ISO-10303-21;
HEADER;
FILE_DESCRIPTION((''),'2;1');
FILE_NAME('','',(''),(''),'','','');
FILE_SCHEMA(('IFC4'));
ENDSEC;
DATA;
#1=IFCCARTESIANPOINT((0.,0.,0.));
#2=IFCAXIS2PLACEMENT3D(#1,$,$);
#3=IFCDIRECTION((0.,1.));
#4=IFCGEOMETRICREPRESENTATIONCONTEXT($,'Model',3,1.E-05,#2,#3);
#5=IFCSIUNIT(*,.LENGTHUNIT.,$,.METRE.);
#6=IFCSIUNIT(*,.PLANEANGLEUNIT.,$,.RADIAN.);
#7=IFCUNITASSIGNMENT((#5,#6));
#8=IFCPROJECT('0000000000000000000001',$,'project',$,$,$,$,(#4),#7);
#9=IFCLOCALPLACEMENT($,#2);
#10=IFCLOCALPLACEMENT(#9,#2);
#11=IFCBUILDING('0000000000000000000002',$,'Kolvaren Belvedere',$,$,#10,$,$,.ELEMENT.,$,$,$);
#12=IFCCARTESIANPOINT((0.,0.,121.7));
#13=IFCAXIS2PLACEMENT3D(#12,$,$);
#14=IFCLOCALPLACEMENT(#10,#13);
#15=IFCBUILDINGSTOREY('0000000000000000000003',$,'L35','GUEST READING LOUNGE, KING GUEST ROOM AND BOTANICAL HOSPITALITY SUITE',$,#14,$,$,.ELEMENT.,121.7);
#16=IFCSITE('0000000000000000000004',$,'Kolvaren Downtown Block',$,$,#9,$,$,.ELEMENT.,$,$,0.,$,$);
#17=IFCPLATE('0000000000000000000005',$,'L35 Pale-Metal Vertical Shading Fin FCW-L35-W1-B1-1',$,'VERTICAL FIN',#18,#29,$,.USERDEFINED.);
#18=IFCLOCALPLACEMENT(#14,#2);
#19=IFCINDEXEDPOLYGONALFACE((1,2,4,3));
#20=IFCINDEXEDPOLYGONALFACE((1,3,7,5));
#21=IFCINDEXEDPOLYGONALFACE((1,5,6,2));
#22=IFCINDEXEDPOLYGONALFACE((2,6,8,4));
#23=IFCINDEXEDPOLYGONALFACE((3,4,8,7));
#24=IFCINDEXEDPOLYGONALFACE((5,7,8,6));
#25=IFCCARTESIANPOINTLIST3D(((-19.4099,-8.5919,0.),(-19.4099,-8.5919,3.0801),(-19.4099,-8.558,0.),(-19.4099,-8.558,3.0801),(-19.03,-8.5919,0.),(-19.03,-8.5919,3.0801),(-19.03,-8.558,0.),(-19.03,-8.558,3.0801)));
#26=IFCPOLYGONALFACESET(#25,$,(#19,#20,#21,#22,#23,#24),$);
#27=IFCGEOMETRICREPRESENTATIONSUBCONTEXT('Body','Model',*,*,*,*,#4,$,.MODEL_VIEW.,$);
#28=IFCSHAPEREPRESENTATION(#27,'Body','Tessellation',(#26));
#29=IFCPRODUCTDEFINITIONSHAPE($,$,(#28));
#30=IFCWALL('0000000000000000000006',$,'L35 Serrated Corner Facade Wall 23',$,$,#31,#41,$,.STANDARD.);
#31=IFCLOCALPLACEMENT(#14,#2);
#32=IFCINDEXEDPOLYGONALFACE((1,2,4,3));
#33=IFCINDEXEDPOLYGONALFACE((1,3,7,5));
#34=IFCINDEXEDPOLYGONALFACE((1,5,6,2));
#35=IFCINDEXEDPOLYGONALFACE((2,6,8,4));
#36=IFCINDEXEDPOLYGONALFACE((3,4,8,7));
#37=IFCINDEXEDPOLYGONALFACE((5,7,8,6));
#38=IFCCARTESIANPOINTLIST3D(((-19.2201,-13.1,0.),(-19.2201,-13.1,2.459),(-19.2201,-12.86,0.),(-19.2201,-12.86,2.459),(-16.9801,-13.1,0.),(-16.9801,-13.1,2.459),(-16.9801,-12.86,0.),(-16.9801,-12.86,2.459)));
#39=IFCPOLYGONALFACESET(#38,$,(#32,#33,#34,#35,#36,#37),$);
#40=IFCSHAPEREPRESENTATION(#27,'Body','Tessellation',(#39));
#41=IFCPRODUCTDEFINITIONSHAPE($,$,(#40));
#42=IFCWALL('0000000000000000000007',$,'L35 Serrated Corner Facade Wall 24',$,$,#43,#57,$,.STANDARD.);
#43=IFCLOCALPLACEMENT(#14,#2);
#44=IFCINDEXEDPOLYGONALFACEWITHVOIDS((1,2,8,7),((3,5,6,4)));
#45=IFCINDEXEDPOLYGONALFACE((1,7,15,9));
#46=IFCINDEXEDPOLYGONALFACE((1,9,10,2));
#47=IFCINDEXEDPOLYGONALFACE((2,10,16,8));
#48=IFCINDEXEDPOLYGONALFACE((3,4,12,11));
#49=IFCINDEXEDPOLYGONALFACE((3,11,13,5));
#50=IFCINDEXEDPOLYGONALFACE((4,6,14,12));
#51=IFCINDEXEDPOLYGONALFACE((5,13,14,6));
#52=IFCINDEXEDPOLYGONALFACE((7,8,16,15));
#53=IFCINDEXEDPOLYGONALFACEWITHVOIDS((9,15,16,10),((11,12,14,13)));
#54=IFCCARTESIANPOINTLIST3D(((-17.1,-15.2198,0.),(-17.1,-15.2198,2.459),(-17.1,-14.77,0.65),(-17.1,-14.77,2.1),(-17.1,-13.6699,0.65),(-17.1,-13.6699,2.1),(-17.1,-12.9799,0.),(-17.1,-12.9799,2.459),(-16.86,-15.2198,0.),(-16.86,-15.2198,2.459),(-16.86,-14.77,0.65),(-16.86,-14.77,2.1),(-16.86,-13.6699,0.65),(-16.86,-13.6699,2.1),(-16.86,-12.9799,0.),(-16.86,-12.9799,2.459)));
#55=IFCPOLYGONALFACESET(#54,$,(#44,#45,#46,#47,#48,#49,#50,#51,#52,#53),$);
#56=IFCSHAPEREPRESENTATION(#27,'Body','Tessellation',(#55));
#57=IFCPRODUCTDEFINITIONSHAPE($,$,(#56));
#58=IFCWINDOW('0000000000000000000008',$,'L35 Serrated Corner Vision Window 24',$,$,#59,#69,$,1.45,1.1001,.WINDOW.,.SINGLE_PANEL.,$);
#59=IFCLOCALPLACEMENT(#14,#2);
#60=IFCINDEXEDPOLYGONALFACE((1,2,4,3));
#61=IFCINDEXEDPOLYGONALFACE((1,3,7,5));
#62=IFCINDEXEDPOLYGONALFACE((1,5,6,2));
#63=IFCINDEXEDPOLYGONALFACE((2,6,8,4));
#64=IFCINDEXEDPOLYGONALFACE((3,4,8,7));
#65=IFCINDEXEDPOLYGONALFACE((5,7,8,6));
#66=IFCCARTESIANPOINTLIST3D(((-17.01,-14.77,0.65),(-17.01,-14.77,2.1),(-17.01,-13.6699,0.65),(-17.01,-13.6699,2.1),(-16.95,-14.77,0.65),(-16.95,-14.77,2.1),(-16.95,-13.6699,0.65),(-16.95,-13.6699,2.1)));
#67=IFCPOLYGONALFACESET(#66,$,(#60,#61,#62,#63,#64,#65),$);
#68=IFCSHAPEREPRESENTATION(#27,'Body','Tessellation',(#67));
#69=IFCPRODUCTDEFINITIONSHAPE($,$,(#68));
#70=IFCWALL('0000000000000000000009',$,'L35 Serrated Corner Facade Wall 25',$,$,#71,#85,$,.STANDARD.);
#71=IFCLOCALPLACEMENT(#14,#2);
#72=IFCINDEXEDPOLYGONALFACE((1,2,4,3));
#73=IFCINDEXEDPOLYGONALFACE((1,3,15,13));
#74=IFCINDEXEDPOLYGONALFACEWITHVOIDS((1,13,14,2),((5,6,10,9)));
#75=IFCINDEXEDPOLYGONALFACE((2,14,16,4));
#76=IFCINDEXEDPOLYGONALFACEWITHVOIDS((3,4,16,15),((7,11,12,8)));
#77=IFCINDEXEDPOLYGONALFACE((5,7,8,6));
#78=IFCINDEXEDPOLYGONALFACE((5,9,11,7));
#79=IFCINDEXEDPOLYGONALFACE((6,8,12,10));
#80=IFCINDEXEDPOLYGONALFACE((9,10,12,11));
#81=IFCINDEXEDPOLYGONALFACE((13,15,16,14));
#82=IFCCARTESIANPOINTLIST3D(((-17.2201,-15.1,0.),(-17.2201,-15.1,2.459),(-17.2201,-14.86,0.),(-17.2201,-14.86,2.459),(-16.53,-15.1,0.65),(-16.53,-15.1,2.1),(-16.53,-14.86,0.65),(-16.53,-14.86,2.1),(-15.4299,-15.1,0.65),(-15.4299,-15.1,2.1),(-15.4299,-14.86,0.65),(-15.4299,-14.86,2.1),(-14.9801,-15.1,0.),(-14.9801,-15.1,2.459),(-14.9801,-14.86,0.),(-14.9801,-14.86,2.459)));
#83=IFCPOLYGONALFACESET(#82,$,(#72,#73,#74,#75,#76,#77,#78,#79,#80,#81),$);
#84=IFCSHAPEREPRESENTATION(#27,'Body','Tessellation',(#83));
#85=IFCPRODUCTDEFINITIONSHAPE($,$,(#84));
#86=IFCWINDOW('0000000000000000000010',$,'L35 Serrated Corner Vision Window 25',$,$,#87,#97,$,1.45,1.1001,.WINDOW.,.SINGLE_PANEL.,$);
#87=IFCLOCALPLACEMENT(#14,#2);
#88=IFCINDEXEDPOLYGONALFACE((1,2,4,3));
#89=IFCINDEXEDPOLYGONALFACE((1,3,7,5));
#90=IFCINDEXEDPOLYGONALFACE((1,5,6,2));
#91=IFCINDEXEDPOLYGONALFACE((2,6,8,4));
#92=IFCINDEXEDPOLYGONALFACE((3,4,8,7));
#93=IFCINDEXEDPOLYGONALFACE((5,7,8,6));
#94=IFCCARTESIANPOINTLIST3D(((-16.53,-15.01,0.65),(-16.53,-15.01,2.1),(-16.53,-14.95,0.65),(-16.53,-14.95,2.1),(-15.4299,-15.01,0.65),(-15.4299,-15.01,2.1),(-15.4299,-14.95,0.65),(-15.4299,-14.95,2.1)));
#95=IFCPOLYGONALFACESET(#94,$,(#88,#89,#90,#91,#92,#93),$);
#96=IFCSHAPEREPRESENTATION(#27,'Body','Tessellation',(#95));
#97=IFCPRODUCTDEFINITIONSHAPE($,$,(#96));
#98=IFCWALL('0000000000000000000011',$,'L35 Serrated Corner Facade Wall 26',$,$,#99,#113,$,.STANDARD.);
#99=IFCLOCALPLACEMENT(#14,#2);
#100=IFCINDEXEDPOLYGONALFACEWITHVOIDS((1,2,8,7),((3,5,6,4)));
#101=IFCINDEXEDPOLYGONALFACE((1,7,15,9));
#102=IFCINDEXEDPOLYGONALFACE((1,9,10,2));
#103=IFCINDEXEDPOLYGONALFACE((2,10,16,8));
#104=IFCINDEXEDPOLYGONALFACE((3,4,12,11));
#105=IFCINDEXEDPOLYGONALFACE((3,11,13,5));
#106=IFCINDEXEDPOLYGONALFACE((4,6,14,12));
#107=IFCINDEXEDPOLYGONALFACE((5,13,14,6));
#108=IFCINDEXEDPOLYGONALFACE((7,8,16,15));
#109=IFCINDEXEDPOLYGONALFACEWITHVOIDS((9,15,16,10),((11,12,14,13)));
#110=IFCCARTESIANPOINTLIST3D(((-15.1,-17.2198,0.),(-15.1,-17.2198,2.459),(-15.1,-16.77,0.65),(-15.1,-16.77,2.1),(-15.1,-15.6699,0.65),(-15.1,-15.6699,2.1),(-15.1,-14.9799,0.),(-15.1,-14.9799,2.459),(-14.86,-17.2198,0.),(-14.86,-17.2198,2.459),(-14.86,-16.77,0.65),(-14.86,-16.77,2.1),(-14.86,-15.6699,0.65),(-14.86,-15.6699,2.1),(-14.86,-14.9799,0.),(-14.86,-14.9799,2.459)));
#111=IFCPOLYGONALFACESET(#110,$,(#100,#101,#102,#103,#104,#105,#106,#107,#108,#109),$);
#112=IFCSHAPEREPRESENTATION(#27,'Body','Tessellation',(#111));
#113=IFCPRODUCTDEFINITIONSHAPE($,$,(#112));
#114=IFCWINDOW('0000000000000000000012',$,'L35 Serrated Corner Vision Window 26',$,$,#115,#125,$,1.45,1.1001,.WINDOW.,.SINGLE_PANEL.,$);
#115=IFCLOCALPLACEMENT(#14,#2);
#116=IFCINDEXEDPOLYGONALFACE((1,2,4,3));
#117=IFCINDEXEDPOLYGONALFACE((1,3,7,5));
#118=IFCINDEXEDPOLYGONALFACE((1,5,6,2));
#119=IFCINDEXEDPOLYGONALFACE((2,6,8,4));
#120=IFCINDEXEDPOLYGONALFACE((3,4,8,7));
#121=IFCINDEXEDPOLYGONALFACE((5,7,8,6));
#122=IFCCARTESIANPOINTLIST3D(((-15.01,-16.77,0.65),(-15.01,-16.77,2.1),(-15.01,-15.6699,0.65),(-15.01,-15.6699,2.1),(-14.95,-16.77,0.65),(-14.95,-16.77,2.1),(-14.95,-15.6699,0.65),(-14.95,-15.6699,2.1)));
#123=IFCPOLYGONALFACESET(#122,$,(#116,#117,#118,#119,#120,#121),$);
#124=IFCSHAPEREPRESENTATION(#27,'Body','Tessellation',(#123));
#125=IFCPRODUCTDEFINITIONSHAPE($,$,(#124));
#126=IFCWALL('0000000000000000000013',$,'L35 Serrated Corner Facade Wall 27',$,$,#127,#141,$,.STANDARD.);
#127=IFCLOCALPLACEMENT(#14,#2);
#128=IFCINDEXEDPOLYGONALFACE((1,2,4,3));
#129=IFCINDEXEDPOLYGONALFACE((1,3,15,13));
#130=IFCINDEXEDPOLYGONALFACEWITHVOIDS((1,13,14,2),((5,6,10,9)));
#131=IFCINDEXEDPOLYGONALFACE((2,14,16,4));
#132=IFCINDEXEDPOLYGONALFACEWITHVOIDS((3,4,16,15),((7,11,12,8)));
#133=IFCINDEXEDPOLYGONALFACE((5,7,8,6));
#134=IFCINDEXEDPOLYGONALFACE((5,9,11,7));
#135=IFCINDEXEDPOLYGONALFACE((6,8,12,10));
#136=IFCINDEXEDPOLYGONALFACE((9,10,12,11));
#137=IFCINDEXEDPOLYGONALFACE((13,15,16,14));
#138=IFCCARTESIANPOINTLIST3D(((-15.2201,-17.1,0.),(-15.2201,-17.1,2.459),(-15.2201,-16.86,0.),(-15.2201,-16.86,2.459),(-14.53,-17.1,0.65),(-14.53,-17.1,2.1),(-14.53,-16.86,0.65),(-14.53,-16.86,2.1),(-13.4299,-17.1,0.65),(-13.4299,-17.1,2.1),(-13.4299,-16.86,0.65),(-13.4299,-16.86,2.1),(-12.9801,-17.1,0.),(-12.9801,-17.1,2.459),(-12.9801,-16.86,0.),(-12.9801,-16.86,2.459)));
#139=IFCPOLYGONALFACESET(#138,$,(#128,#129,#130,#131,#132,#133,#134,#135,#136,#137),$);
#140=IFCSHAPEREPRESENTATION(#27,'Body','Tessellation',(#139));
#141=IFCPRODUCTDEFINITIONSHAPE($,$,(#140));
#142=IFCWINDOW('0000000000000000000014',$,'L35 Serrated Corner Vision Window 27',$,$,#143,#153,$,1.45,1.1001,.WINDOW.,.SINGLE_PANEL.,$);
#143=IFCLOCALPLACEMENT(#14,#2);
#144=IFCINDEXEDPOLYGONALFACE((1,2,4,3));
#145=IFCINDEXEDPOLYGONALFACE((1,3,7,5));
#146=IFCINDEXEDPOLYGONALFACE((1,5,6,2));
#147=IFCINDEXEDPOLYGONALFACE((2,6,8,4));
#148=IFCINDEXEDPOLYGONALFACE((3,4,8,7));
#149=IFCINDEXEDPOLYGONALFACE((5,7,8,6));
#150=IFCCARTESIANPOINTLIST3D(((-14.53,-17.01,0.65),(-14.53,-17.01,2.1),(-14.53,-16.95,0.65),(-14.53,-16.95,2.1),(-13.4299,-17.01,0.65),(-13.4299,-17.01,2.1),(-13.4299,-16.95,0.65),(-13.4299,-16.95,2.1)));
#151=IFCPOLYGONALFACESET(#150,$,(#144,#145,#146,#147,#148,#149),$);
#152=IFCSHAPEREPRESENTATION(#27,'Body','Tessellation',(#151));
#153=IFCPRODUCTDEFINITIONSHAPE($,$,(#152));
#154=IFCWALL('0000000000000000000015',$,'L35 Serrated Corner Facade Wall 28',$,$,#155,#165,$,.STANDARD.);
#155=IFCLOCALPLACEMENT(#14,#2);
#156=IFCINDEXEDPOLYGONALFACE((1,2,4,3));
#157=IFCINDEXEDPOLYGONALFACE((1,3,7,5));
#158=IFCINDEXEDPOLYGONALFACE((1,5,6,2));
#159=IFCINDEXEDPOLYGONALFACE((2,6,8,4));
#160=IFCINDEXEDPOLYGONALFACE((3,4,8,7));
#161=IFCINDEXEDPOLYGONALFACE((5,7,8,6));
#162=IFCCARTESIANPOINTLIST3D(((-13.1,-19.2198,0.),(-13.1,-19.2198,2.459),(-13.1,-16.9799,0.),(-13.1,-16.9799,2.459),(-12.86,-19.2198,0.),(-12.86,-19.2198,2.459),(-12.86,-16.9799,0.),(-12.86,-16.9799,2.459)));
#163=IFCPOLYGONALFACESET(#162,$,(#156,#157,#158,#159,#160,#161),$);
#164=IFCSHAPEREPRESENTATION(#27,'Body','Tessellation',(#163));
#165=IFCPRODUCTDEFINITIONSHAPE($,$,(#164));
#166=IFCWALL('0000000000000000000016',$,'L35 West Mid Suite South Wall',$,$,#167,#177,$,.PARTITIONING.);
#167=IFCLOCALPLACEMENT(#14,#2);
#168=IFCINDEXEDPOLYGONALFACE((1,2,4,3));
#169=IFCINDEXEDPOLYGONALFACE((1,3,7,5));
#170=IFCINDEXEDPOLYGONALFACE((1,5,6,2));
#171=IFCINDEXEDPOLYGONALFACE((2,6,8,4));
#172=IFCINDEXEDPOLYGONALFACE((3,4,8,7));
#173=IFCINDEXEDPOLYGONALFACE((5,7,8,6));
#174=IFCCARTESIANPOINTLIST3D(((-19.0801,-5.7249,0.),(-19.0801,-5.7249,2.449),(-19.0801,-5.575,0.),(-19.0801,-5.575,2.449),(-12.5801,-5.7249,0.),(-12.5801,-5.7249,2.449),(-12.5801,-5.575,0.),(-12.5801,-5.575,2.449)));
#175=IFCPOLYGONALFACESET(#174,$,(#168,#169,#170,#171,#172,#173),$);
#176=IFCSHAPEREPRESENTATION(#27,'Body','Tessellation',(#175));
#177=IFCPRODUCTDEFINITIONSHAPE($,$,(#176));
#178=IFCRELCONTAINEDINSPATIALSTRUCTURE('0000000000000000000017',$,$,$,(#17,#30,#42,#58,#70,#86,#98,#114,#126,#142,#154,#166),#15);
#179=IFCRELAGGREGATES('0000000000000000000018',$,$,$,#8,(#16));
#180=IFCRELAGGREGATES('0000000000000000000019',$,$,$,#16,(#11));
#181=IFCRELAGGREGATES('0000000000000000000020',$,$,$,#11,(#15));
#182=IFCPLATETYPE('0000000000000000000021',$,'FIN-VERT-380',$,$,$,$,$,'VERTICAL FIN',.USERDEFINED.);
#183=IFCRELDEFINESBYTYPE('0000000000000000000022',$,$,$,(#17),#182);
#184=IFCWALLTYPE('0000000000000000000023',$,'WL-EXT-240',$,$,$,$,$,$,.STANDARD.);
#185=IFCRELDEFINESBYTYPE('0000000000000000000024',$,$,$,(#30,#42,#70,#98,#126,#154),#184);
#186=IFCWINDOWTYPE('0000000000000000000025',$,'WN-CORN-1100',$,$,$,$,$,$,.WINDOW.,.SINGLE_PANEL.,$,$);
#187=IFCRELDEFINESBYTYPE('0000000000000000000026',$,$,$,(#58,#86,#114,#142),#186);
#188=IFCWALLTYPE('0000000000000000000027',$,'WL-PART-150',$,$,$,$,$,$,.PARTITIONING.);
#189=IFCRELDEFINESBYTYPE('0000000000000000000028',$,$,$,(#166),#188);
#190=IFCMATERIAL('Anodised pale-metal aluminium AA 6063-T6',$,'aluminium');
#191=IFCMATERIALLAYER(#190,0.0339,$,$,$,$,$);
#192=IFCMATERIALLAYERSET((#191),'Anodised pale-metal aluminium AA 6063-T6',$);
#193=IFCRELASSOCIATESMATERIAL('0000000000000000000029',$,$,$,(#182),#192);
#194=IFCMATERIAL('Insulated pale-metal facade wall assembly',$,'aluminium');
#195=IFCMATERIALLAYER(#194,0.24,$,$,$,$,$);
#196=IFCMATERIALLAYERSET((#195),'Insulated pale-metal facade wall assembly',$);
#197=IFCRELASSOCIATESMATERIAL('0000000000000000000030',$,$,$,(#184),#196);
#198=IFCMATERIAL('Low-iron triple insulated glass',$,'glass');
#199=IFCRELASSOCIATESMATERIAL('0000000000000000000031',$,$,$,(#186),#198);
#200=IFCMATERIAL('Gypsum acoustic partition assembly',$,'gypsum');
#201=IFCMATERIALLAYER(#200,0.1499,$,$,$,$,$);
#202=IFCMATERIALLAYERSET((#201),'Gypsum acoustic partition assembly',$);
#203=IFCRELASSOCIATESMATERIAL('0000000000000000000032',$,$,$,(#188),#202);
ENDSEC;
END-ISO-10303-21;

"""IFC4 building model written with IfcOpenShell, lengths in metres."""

from ifc_helpers import new_model, si_unit, direction, frame, frame_2d, origin, origin_2d, place, context, subcontext, project, spatial, rectangle, extrude, material, layer, layer_set, type_object, element, fill, save


model = new_model("IFC4")

# Units and contexts
model_context = context("Model", 3, precision=1e-05, world=origin(), true_north=direction((0.0, 1.0)))
body_context = subcontext(model_context, "Body", "Model", "MODEL_VIEW")
ifc_project = project(units=[si_unit("LENGTHUNIT", "METRE"), si_unit("PLANEANGLEUNIT", "RADIAN")], contexts=[model_context])

# Site, building, storey
site_placement = place(None, origin())
site = spatial("IfcSite", under=ifc_project, at=site_placement, Name="Kolvaren Downtown Block", CompositionType="ELEMENT", RefElevation=0.0)
building_placement = place(site_placement, origin())
building = spatial("IfcBuilding", under=site, at=building_placement, Name="Kolvaren Belvedere", CompositionType="ELEMENT")
storey_placement = place(building_placement, frame((0.0, 0.0, 121.7)))
storey = spatial("IfcBuildingStorey", under=building, at=storey_placement, Name="L35", Description="GUEST READING LOUNGE, KING GUEST ROOM AND BOTANICAL HOSPITALITY SUITE", CompositionType="ELEMENT", Elevation=121.7)

# Plate
ifc_material_1 = material(Name="Anodised pale-metal aluminium AA 6063-T6", Category="aluminium")
ifc_layer_1 = layer(ifc_material_1, 0.0339)
ifc_layer_set_1 = layer_set([ifc_layer_1], Name="Anodised pale-metal aluminium AA 6063-T6")
plate_type_1 = type_object("IfcPlateType", Name="FIN-VERT-380", ElementType="VERTICAL FIN", PredefinedType="USERDEFINED", material=ifc_layer_set_1)
plate_1_placement = place(storey_placement, frame((-19.22, -8.575, 0.0), z_axis=(0.0, 0.0, 1.0), x_axis=(1.0, 0.0, 0.0)))
element("IfcPlate", 1, at=plate_1_placement, inside=storey, type_object=plate_type_1, Name="L35 Pale-Metal Vertical Shading Fin FCW-L35-W1-B1-1", ObjectType="VERTICAL FIN", PredefinedType="USERDEFINED", context=body_context, shape_type="SweptSolid", body=[
    extrude(rectangle(XDim=0.3799, YDim=0.0339, at=origin_2d()), origin(), (0.0, 0.0, 1.0), 3.0801),
])

# Wall
ifc_material_2 = material(Name="Insulated pale-metal facade wall assembly", Category="aluminium")
ifc_layer_2 = layer(ifc_material_2, 0.24)
ifc_layer_set_2 = layer_set([ifc_layer_2], Name="Insulated pale-metal facade wall assembly")
wall_type_1 = type_object("IfcWallType", Name="WL-EXT-240", PredefinedType="STANDARD", material=ifc_layer_set_2)
wall_1_placement = place(storey_placement, frame((-16.98, -12.98, 0.0), z_axis=(0.0, 0.0, 1.0), x_axis=(-1.0, 0.0, 0.0)))
element("IfcWall", 2, at=wall_1_placement, inside=storey, type_object=wall_type_1, Name="L35 Serrated Corner Facade Wall 23", PredefinedType="STANDARD", context=body_context, shape_type="SweptSolid", body=[
    extrude(rectangle(XDim=2.24, YDim=0.24, at=frame_2d((1.1201, 0.0))), origin(), (0.0, 0.0, 1.0), 2.459),
])

# Walls, openings, windows
wall_2_placement = place(storey_placement, frame((-16.98, -15.22, 0.0), z_axis=(0.0, 0.0, 1.0), x_axis=(0.0, 1.0, 0.0)))
wall_2 = element("IfcWall", 3, at=wall_2_placement, inside=storey, type_object=wall_type_1, Name="L35 Serrated Corner Facade Wall 24", PredefinedType="STANDARD", context=body_context, shape_type="SweptSolid", body=[
    extrude(rectangle(XDim=2.24, YDim=0.24, at=frame_2d((1.1201, 0.0))), origin(), (0.0, 0.0, 1.0), 2.459),
])
opening_1_placement = place(wall_2_placement, frame((0.45, 0.0, 0.6499)))
opening_1 = element("IfcOpeningElement", 4, at=opening_1_placement, cuts=wall_2, PredefinedType="OPENING", context=body_context, shape_type="SweptSolid", body=[
    extrude(rectangle(XDim=1.1001, YDim=1.45, at=frame_2d((0.55, 0.7251))), frame((0.0, 0.1299, 0.0), z_axis=(0.0, -1.0, 0.0), x_axis=(1.0, 0.0, 0.0)), (0.0, 0.0, 1.0), 0.26),
])
ifc_material_3 = material(Name="Low-iron triple insulated glass", Category="glass")
window_type = type_object("IfcWindowType", Name="WN-CORN-1100", PartitioningType="SINGLE_PANEL", PredefinedType="WINDOW", material=ifc_material_3)
window_1_placement = place(opening_1_placement, origin())
window_1 = element("IfcWindow", 5, at=window_1_placement, inside=storey, type_object=window_type, Name="L35 Serrated Corner Vision Window 24", OverallHeight=1.45, OverallWidth=1.1001, PartitioningType="SINGLE_PANEL", PredefinedType="WINDOW", context=body_context, shape_type="SweptSolid", body=[
    extrude(rectangle(XDim=1.1001, YDim=1.45, at=frame_2d((0.55, 0.7251))), frame((0.0, 0.03, 0.0), z_axis=(0.0, -1.0, 0.0), x_axis=(1.0, 0.0, 0.0)), (0.0, 0.0, 1.0), 0.0601),
])
fill(opening_1, window_1)
wall_3_placement = place(storey_placement, frame((-14.98, -14.98, 0.0), z_axis=(0.0, 0.0, 1.0), x_axis=(-1.0, 0.0, 0.0)))
wall_3 = element("IfcWall", 6, at=wall_3_placement, inside=storey, type_object=wall_type_1, Name="L35 Serrated Corner Facade Wall 25", PredefinedType="STANDARD", context=body_context, shape_type="SweptSolid", body=[
    extrude(rectangle(XDim=2.24, YDim=0.24, at=frame_2d((1.1201, 0.0))), origin(), (0.0, 0.0, 1.0), 2.459),
])
opening_2_placement = place(wall_3_placement, frame((0.45, 0.0, 0.6499)))
opening_2 = element("IfcOpeningElement", 7, at=opening_2_placement, cuts=wall_3, PredefinedType="OPENING", context=body_context, shape_type="SweptSolid", body=[
    extrude(rectangle(XDim=1.1001, YDim=1.45, at=frame_2d((0.55, 0.7251))), frame((0.0, 0.1299, 0.0), z_axis=(0.0, -1.0, 0.0), x_axis=(1.0, 0.0, 0.0)), (0.0, 0.0, 1.0), 0.26),
])
window_2_placement = place(opening_2_placement, origin())
window_2 = element("IfcWindow", 8, at=window_2_placement, inside=storey, type_object=window_type, Name="L35 Serrated Corner Vision Window 25", OverallHeight=1.45, OverallWidth=1.1001, PartitioningType="SINGLE_PANEL", PredefinedType="WINDOW", context=body_context, shape_type="SweptSolid", body=[
    extrude(rectangle(XDim=1.1001, YDim=1.45, at=frame_2d((0.55, 0.7251))), frame((0.0, 0.03, 0.0), z_axis=(0.0, -1.0, 0.0), x_axis=(1.0, 0.0, 0.0)), (0.0, 0.0, 1.0), 0.0601),
])
fill(opening_2, window_2)
wall_4_placement = place(storey_placement, frame((-14.98, -17.22, 0.0), z_axis=(0.0, 0.0, 1.0), x_axis=(0.0, 1.0, 0.0)))
wall_4 = element("IfcWall", 9, at=wall_4_placement, inside=storey, type_object=wall_type_1, Name="L35 Serrated Corner Facade Wall 26", PredefinedType="STANDARD", context=body_context, shape_type="SweptSolid", body=[
    extrude(rectangle(XDim=2.24, YDim=0.24, at=frame_2d((1.1201, 0.0))), origin(), (0.0, 0.0, 1.0), 2.459),
])
opening_3_placement = place(wall_4_placement, frame((0.45, 0.0, 0.6499)))
opening_3 = element("IfcOpeningElement", 10, at=opening_3_placement, cuts=wall_4, PredefinedType="OPENING", context=body_context, shape_type="SweptSolid", body=[
    extrude(rectangle(XDim=1.1001, YDim=1.45, at=frame_2d((0.55, 0.7251))), frame((0.0, 0.1299, 0.0), z_axis=(0.0, -1.0, 0.0), x_axis=(1.0, 0.0, 0.0)), (0.0, 0.0, 1.0), 0.26),
])
window_3_placement = place(opening_3_placement, origin())
window_3 = element("IfcWindow", 11, at=window_3_placement, inside=storey, type_object=window_type, Name="L35 Serrated Corner Vision Window 26", OverallHeight=1.45, OverallWidth=1.1001, PartitioningType="SINGLE_PANEL", PredefinedType="WINDOW", context=body_context, shape_type="SweptSolid", body=[
    extrude(rectangle(XDim=1.1001, YDim=1.45, at=frame_2d((0.55, 0.7251))), frame((0.0, 0.03, 0.0), z_axis=(0.0, -1.0, 0.0), x_axis=(1.0, 0.0, 0.0)), (0.0, 0.0, 1.0), 0.0601),
])
fill(opening_3, window_3)
wall_5_placement = place(storey_placement, frame((-12.98, -16.98, 0.0), z_axis=(0.0, 0.0, 1.0), x_axis=(-1.0, 0.0, 0.0)))
wall_5 = element("IfcWall", 12, at=wall_5_placement, inside=storey, type_object=wall_type_1, Name="L35 Serrated Corner Facade Wall 27", PredefinedType="STANDARD", context=body_context, shape_type="SweptSolid", body=[
    extrude(rectangle(XDim=2.24, YDim=0.24, at=frame_2d((1.1201, 0.0))), origin(), (0.0, 0.0, 1.0), 2.459),
])
opening_4_placement = place(wall_5_placement, frame((0.45, 0.0, 0.6499)))
opening_4 = element("IfcOpeningElement", 13, at=opening_4_placement, cuts=wall_5, PredefinedType="OPENING", context=body_context, shape_type="SweptSolid", body=[
    extrude(rectangle(XDim=1.1001, YDim=1.45, at=frame_2d((0.55, 0.7251))), frame((0.0, 0.1299, 0.0), z_axis=(0.0, -1.0, 0.0), x_axis=(1.0, 0.0, 0.0)), (0.0, 0.0, 1.0), 0.26),
])
window_4_placement = place(opening_4_placement, origin())
window_4 = element("IfcWindow", 14, at=window_4_placement, inside=storey, type_object=window_type, Name="L35 Serrated Corner Vision Window 27", OverallHeight=1.45, OverallWidth=1.1001, PartitioningType="SINGLE_PANEL", PredefinedType="WINDOW", context=body_context, shape_type="SweptSolid", body=[
    extrude(rectangle(XDim=1.1001, YDim=1.45, at=frame_2d((0.55, 0.7251))), frame((0.0, 0.03, 0.0), z_axis=(0.0, -1.0, 0.0), x_axis=(1.0, 0.0, 0.0)), (0.0, 0.0, 1.0), 0.0601),
])
fill(opening_4, window_4)

# Walls
wall_6_placement = place(storey_placement, frame((-12.98, -19.22, 0.0), z_axis=(0.0, 0.0, 1.0), x_axis=(0.0, 1.0, 0.0)))
element("IfcWall", 15, at=wall_6_placement, inside=storey, type_object=wall_type_1, Name="L35 Serrated Corner Facade Wall 28", PredefinedType="STANDARD", context=body_context, shape_type="SweptSolid", body=[
    extrude(rectangle(XDim=2.24, YDim=0.24, at=frame_2d((1.1201, 0.0))), origin(), (0.0, 0.0, 1.0), 2.459),
])
ifc_material_4 = material(Name="Gypsum acoustic partition assembly", Category="gypsum")
ifc_layer_3 = layer(ifc_material_4, 0.1499)
ifc_layer_set_3 = layer_set([ifc_layer_3], Name="Gypsum acoustic partition assembly")
wall_type_2 = type_object("IfcWallType", Name="WL-PART-150", PredefinedType="PARTITIONING", material=ifc_layer_set_3)
wall_7_placement = place(storey_placement, frame((-19.0801, -5.6499, 0.0), z_axis=(0.0, 0.0, 1.0), x_axis=(1.0, 0.0, 0.0)))
element("IfcWall", 16, at=wall_7_placement, inside=storey, type_object=wall_type_2, Name="L35 West Mid Suite South Wall", PredefinedType="PARTITIONING", context=body_context, shape_type="SweptSolid", body=[
    extrude(rectangle(XDim=6.5, YDim=0.1499, at=frame_2d((3.25, 0.0))), origin(), (0.0, 0.0, 1.0), 2.449),
])

save(model, "model.ifc")
